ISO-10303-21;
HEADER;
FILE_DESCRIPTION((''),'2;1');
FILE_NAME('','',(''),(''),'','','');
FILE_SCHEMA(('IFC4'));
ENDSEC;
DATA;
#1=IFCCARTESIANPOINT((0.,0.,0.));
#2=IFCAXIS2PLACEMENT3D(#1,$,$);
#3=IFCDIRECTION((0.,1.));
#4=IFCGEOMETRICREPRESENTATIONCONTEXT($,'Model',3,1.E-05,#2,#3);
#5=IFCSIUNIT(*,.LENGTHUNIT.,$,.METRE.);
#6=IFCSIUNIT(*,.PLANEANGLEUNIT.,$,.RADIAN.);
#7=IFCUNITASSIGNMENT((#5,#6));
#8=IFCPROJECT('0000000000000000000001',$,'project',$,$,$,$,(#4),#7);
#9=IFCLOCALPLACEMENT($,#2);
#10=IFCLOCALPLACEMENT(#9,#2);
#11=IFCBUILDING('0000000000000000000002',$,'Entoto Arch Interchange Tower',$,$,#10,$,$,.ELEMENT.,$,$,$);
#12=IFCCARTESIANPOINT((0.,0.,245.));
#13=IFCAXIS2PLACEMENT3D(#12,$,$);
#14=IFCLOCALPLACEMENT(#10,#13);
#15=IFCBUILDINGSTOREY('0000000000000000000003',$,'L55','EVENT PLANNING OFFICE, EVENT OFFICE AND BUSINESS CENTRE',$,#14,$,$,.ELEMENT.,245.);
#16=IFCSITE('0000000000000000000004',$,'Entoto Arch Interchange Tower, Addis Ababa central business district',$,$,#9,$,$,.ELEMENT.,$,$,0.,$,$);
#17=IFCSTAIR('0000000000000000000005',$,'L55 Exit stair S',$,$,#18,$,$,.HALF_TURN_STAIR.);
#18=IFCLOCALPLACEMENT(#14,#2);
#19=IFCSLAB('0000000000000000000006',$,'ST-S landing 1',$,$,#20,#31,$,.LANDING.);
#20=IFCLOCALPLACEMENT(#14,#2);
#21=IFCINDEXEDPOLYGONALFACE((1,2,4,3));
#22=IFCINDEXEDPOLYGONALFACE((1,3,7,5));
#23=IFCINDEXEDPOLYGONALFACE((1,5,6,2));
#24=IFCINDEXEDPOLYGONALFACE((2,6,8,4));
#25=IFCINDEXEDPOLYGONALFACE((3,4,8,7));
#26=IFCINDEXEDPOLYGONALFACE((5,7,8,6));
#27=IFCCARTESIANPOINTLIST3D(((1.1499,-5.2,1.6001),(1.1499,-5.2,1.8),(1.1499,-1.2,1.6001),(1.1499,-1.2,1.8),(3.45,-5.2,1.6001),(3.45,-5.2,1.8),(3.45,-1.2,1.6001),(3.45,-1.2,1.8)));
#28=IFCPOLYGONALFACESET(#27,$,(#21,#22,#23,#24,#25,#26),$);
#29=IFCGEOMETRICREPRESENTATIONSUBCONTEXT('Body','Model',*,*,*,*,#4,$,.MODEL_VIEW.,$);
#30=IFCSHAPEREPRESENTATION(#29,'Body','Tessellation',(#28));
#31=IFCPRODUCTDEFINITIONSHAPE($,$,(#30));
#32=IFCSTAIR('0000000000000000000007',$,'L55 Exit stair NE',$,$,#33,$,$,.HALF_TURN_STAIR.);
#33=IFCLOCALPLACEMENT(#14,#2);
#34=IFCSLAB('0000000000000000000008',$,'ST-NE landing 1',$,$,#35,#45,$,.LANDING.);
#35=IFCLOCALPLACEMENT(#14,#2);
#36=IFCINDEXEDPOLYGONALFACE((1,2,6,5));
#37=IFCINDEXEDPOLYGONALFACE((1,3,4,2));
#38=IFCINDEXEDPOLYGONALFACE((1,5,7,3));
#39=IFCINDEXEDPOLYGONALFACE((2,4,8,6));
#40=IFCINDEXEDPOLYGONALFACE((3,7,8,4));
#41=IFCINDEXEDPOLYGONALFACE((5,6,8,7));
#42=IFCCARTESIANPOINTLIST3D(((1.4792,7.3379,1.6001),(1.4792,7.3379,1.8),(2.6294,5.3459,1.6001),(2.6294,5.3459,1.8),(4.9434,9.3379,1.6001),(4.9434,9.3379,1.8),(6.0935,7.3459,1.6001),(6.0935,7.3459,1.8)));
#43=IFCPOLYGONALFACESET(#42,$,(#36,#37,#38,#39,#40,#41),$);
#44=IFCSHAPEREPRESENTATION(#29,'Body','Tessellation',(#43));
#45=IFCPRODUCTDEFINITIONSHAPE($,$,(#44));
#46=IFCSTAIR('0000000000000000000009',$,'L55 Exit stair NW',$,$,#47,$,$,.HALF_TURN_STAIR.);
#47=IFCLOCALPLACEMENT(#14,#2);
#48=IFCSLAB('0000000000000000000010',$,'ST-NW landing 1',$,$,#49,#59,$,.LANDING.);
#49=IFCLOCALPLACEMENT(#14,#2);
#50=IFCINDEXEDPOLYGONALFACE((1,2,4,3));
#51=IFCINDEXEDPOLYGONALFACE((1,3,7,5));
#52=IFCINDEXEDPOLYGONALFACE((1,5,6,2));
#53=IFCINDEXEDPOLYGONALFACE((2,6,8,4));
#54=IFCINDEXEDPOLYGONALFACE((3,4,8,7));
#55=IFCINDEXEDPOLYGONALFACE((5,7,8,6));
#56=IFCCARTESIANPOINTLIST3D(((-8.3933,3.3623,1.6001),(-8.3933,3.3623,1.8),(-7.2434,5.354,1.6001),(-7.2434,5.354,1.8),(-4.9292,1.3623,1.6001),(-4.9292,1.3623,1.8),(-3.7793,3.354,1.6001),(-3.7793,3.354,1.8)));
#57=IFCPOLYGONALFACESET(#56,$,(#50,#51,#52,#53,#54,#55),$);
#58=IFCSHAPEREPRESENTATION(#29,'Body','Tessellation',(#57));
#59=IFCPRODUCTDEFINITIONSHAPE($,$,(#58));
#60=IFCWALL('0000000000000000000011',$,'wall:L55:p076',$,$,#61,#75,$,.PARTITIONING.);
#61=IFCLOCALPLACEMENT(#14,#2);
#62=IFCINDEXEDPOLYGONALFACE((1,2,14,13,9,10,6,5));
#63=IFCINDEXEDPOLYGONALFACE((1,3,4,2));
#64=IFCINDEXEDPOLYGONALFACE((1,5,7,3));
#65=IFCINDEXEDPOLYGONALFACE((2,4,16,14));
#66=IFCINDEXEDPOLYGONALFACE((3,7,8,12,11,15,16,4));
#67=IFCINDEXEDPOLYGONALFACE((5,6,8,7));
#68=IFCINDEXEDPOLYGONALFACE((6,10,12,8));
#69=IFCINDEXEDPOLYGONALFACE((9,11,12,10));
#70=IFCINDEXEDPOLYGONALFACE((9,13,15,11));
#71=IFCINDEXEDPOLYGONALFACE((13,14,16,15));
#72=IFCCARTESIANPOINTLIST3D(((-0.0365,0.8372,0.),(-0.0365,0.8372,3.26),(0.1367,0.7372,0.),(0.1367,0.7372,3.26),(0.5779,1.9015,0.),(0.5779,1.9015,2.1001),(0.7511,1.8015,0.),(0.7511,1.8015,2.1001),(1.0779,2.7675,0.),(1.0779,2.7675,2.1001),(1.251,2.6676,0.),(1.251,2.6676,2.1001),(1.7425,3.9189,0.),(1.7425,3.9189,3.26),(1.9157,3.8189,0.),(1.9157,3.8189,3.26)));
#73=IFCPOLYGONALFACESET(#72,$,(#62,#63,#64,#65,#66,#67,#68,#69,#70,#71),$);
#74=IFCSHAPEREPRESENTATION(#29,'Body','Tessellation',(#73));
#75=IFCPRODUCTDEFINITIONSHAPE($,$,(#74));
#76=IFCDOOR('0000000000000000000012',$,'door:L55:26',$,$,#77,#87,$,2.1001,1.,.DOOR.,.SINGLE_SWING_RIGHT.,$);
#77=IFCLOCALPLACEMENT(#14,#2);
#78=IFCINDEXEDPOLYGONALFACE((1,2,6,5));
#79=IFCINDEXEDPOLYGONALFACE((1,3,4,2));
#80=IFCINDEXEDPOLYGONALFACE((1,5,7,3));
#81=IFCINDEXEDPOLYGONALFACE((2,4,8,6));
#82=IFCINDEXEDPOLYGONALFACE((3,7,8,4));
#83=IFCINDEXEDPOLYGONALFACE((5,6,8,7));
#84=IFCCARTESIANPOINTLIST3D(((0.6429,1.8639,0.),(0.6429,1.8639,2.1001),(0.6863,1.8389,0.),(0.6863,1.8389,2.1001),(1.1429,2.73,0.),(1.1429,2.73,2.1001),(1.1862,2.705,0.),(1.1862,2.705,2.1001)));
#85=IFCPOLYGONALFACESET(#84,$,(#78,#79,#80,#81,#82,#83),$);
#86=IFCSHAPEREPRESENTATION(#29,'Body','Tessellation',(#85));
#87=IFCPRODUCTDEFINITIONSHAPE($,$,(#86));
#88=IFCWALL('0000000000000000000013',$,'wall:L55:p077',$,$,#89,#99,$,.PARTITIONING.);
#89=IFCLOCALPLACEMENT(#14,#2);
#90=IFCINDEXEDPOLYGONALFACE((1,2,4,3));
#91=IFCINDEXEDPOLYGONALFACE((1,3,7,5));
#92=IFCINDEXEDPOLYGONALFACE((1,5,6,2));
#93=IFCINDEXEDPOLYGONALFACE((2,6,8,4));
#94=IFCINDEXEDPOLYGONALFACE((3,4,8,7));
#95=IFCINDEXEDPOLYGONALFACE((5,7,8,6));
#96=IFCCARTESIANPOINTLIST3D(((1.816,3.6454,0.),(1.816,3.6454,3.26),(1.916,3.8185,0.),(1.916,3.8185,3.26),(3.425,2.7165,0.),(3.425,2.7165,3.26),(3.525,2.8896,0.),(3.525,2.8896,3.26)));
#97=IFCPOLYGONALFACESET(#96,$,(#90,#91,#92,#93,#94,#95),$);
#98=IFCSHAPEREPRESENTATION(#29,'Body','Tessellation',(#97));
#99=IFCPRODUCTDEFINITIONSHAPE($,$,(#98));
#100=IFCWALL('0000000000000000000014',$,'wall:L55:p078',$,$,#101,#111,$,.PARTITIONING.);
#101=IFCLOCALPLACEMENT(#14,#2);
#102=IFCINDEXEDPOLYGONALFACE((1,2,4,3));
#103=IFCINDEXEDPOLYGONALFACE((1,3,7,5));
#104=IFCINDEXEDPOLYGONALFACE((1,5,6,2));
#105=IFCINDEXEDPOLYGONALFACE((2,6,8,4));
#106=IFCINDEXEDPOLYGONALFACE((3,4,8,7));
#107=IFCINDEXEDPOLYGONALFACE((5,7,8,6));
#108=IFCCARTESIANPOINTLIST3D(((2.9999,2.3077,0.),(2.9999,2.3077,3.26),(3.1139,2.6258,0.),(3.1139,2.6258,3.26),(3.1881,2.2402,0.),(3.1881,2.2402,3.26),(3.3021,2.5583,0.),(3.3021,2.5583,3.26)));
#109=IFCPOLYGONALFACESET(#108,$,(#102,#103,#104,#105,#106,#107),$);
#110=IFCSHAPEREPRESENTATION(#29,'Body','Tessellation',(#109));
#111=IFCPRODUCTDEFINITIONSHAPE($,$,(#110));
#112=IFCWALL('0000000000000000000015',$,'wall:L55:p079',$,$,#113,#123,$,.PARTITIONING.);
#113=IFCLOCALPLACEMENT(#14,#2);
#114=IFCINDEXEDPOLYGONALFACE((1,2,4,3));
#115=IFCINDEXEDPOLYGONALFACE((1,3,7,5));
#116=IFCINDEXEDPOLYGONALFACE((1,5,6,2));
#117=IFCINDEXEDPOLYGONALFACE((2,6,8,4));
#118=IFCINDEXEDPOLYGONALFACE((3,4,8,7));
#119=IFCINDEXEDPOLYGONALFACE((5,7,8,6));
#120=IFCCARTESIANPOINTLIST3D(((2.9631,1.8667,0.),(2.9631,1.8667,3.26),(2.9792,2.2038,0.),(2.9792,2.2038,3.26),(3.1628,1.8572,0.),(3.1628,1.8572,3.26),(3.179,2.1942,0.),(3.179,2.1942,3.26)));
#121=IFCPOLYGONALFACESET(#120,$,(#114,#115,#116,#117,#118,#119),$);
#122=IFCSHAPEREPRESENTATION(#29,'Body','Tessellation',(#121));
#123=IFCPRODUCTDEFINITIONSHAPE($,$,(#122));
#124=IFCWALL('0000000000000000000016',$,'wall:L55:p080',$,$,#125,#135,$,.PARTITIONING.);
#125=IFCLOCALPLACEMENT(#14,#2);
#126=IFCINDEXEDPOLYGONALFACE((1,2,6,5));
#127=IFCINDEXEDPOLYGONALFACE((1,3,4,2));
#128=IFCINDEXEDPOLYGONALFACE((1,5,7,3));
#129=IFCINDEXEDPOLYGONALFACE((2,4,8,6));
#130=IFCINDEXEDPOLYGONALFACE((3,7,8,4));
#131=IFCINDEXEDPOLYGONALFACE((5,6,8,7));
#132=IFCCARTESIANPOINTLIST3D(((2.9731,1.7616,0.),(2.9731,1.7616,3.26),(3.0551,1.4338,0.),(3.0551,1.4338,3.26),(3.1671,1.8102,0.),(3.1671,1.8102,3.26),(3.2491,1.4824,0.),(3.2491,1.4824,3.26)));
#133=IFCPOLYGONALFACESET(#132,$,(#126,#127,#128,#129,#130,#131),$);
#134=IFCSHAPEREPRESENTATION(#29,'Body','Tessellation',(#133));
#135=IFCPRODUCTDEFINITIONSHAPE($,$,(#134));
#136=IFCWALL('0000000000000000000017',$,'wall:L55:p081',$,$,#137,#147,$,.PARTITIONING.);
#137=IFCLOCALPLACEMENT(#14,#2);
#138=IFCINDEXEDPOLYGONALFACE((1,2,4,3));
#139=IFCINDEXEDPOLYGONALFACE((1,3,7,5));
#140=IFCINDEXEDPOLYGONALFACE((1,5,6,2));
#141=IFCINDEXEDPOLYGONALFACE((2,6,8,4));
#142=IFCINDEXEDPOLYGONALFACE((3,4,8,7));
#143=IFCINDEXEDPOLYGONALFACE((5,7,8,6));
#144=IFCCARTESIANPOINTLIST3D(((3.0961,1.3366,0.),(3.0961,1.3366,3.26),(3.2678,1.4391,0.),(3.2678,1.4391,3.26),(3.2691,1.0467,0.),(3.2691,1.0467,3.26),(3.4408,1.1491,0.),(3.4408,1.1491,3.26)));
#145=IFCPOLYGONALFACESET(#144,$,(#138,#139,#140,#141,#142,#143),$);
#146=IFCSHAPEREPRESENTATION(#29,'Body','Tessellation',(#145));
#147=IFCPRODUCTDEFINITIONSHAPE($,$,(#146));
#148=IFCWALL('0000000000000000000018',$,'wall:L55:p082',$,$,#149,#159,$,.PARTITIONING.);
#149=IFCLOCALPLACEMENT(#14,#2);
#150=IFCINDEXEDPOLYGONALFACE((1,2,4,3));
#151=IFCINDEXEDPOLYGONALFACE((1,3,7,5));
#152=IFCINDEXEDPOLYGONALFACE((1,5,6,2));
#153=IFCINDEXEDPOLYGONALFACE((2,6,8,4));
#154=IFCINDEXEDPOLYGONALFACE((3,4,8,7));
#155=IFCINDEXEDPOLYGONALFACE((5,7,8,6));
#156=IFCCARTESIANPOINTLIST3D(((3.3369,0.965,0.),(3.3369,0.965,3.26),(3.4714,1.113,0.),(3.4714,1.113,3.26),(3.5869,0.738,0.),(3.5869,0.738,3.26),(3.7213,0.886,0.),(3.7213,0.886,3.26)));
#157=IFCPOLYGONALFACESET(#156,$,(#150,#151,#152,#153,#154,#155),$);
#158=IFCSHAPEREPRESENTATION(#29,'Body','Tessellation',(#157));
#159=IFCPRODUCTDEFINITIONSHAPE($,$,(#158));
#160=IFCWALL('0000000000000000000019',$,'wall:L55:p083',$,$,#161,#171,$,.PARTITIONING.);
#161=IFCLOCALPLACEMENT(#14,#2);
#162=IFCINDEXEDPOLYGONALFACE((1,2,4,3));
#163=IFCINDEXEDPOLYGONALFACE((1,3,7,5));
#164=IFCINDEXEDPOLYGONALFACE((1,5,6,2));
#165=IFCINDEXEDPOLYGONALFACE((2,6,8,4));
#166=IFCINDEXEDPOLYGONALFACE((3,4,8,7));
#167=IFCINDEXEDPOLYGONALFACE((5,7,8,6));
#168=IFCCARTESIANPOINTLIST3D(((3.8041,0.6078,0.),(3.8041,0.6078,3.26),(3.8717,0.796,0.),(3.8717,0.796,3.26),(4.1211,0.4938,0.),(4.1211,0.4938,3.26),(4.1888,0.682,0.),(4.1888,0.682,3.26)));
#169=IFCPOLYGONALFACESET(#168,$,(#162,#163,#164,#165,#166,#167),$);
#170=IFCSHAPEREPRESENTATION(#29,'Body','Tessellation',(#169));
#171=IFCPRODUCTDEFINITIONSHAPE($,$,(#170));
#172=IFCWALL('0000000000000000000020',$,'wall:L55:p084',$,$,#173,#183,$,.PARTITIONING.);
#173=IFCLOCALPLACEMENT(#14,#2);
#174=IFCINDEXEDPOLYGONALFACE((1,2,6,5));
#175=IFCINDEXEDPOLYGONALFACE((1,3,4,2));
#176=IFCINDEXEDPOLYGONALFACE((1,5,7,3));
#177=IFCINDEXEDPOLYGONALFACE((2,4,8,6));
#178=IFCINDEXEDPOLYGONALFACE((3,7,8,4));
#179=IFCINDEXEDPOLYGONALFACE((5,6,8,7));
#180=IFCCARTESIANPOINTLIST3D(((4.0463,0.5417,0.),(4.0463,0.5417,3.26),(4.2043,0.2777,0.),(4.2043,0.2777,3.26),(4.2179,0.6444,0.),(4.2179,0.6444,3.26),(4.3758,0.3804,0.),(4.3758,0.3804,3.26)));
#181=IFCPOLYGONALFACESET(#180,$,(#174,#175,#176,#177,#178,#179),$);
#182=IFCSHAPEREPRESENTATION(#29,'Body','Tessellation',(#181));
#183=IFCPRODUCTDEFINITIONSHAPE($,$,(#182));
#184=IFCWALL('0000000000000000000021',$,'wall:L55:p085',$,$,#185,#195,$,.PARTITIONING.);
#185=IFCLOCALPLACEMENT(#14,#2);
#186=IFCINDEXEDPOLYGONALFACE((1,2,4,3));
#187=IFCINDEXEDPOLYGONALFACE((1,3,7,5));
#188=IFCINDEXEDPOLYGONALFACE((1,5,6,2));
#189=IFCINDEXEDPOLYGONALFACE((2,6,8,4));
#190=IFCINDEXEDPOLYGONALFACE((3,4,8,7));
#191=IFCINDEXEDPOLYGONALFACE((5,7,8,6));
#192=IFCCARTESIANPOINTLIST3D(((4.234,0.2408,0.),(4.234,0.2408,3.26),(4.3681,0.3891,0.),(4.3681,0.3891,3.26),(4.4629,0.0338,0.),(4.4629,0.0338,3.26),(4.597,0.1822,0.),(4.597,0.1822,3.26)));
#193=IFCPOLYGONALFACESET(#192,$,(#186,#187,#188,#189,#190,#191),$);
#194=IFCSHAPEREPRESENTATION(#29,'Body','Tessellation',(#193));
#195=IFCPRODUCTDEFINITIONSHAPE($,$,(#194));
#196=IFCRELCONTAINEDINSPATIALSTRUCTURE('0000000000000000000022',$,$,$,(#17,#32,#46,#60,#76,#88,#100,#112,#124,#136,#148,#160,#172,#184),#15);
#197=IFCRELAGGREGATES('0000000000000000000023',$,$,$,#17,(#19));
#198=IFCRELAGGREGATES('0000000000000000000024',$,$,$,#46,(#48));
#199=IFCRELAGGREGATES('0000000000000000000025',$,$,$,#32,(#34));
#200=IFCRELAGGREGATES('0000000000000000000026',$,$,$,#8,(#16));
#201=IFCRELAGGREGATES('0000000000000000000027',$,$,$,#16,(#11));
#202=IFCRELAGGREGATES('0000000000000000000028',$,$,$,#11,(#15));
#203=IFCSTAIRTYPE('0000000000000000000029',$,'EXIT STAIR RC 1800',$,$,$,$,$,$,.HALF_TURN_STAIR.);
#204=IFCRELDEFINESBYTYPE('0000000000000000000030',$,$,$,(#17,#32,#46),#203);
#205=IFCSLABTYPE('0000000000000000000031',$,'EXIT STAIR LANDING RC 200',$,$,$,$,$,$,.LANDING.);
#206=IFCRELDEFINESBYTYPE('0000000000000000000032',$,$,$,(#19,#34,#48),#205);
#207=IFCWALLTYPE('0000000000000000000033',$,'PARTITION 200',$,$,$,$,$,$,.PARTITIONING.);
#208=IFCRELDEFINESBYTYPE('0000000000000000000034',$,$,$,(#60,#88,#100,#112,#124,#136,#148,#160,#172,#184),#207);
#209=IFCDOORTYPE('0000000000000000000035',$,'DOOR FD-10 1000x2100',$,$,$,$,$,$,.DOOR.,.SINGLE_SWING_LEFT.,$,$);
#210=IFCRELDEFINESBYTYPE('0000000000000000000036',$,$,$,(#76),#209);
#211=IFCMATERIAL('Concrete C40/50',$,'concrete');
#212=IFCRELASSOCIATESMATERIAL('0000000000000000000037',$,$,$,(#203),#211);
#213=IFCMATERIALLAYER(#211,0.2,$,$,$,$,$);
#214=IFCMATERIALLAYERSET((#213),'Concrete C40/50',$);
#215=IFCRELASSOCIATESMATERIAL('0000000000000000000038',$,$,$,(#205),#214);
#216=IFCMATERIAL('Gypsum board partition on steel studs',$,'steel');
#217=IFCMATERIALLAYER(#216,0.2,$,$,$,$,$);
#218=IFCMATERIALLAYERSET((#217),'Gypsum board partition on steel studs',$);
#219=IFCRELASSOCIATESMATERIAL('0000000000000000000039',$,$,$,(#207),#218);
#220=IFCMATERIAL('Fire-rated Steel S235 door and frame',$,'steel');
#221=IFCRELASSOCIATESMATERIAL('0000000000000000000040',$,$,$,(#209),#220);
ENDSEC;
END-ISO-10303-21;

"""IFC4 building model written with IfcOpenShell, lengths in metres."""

from ifc_helpers import new_model, si_unit, direction, frame, frame_2d, origin, place, context, subcontext, project, spatial, polyline, rectangle, outline, extrude, material, layer, layer_set, type_object, element, fill, aggregate, save


model = new_model("IFC4")

# Units and contexts
model_context = context("Model", 3, precision=1e-05, world=origin(), true_north=direction((0.0, 1.0)))
body_context = subcontext(model_context, "Body", "Model", "MODEL_VIEW")
ifc_project = project(units=[si_unit("LENGTHUNIT", "METRE"), si_unit("PLANEANGLEUNIT", "RADIAN")], contexts=[model_context])

# Site, building, storey
site_placement = place(None, origin())
site = spatial("IfcSite", under=ifc_project, at=site_placement, Name="Entoto Arch Interchange Tower, Addis Ababa central business district", CompositionType="ELEMENT", RefElevation=0.0)
building_placement = place(site_placement, origin())
building = spatial("IfcBuilding", under=site, at=building_placement, Name="Entoto Arch Interchange Tower", CompositionType="ELEMENT")
storey_placement = place(building_placement, frame((0.0, 0.0, 245.0)))
storey = spatial("IfcBuildingStorey", under=building, at=storey_placement, Name="L55", Description="EVENT PLANNING OFFICE, EVENT OFFICE AND BUSINESS CENTRE", CompositionType="ELEMENT", Elevation=245.0)

# Stairs, slabs
ifc_material_1 = material(Name="Concrete C40/50", Category="concrete")
stair_type = type_object("IfcStairType", Name="EXIT STAIR RC 1800", PredefinedType="HALF_TURN_STAIR", material=ifc_material_1)
stair_1_placement = place(storey_placement, origin())
stair_1 = element("IfcStair", 1, at=stair_1_placement, inside=storey, type_object=stair_type, Name="L55 Exit stair S", PredefinedType="HALF_TURN_STAIR")
ifc_layer_1 = layer(ifc_material_1, 0.2)
ifc_layer_set_1 = layer_set([ifc_layer_1], Name="Concrete C40/50")
slab_type = type_object("IfcSlabType", Name="EXIT STAIR LANDING RC 200", PredefinedType="LANDING", material=ifc_layer_set_1)
slab_1_placement = place(storey_placement, frame((0.0, 0.0, 1.6001)))
slab_1 = element("IfcSlab", 2, at=slab_1_placement, type_object=slab_type, Name="ST-S landing 1", PredefinedType="LANDING", context=body_context, shape_type="SweptSolid", body=[
    extrude(outline(polyline([(1.1499, -5.2), (3.45, -5.2), (3.45, -1.2), (1.1499, -1.2), (1.1499, -5.2)])), origin(), (0.0, 0.0, 1.0), 0.2),
])
aggregate(stair_1, [slab_1])
stair_2_placement = place(storey_placement, origin())
stair_2 = element("IfcStair", 3, at=stair_2_placement, inside=storey, type_object=stair_type, Name="L55 Exit stair NE", PredefinedType="HALF_TURN_STAIR")
slab_2_placement = place(storey_placement, frame((0.0, 0.0, 1.6001)))
slab_2 = element("IfcSlab", 4, at=slab_2_placement, type_object=slab_type, Name="ST-NE landing 1", PredefinedType="LANDING", context=body_context, shape_type="SweptSolid", body=[
    extrude(outline(polyline([(6.0935, 7.3459), (4.9434, 9.3379), (1.4792, 7.3379), (2.6294, 5.3459), (6.0935, 7.3459)])), origin(), (0.0, 0.0, 1.0), 0.2),
])
stair_3_placement = place(storey_placement, origin())
stair_3 = element("IfcStair", 5, at=stair_3_placement, inside=storey, type_object=stair_type, Name="L55 Exit stair NW", PredefinedType="HALF_TURN_STAIR")
slab_3_placement = place(storey_placement, frame((0.0, 0.0, 1.6001)))
slab_3 = element("IfcSlab", 6, at=slab_3_placement, type_object=slab_type, Name="ST-NW landing 1", PredefinedType="LANDING", context=body_context, shape_type="SweptSolid", body=[
    extrude(outline(polyline([(-7.2434, 5.354), (-8.3933, 3.3623), (-4.9292, 1.3623), (-3.7793, 3.354), (-7.2434, 5.354)])), origin(), (0.0, 0.0, 1.0), 0.2),
])
aggregate(stair_3, [slab_3])

# Wall, opening, door
ifc_material_2 = material(Name="Gypsum board partition on steel studs", Category="steel")
ifc_layer_2 = layer(ifc_material_2, 0.2)
ifc_layer_set_2 = layer_set([ifc_layer_2], Name="Gypsum board partition on steel studs")
wall_type_1 = type_object("IfcWallType", Name="PARTITION 200", PredefinedType="PARTITIONING", material=ifc_layer_set_2)
wall_1_placement = place(storey_placement, frame((0.05, 0.7871, 0.0), z_axis=(0.0, 0.0, 1.0), x_axis=(0.499954, 0.866052, 0.0)))
wall_1 = element("IfcWall", 7, at=wall_1_placement, inside=storey, type_object=wall_type_1, Name="wall:L55:p076", PredefinedType="PARTITIONING", context=body_context, shape_type="SweptSolid", body=[
    extrude(rectangle(XDim=3.5583, YDim=0.2, at=frame_2d((1.7793, 0.0))), origin(), (0.0, 0.0, 1.0), 3.26),
])
opening_placement = place(wall_1_placement, frame((1.229, 0.0, 0.0)))
opening = element("IfcOpeningElement", 8, at=opening_placement, cuts=wall_1, PredefinedType="OPENING", context=body_context, shape_type="SweptSolid", body=[
    extrude(rectangle(XDim=1.0, YDim=2.1001, at=frame_2d((0.5, 1.05))), frame((0.0, 0.1099, 0.0), z_axis=(0.0, -1.0, 0.0), x_axis=(1.0, 0.0, 0.0)), (0.0, 0.0, 1.0), 0.22),
])
ifc_material_3 = material(Name="Fire-rated Steel S235 door and frame", Category="steel")
door_type = type_object("IfcDoorType", Name="DOOR FD-10 1000x2100", OperationType="SINGLE_SWING_LEFT", PredefinedType="DOOR", material=ifc_material_3)
door_placement = place(opening_placement, origin())
door = element("IfcDoor", 9, at=door_placement, inside=storey, type_object=door_type, Name="door:L55:26", OperationType="SINGLE_SWING_RIGHT", OverallHeight=2.1001, OverallWidth=1.0, PredefinedType="DOOR", context=body_context, shape_type="SweptSolid", body=[
    extrude(rectangle(XDim=1.0, YDim=2.1001, at=frame_2d((0.5, 1.05))), frame((0.0, 0.0249, 0.0), z_axis=(0.0, -1.0, 0.0), x_axis=(1.0, 0.0, 0.0)), (0.0, 0.0, 1.0), 0.05),
])
fill(opening, door)

# Walls
wall_2_placement = place(storey_placement, frame((1.866, 3.7319, 0.0), z_axis=(0.0, 0.0, 1.0), x_axis=(0.866043, -0.499969, 0.0)))
element("IfcWall", 10, at=wall_2_placement, inside=storey, type_object=wall_type_1, Name="wall:L55:p077", PredefinedType="PARTITIONING", context=body_context, shape_type="SweptSolid", body=[
    extrude(rectangle(XDim=1.8579, YDim=0.2, at=frame_2d((0.929, 0.0))), origin(), (0.0, 0.0, 1.0), 3.26),
])
wall_3_placement = place(storey_placement, frame((3.208, 2.592, 0.0), z_axis=(0.0, 0.0, 1.0), x_axis=(-0.337389, -0.941365, 0.0)))
element("IfcWall", 11, at=wall_3_placement, inside=storey, type_object=wall_type_1, Name="wall:L55:p078", PredefinedType="PARTITIONING", context=body_context, shape_type="SweptSolid", body=[
    extrude(rectangle(XDim=0.3379, YDim=0.2, at=frame_2d((0.1689, 0.0))), origin(), (0.0, 0.0, 1.0), 3.26),
])
wall_4_placement = place(storey_placement, frame((3.0791, 2.199, 0.0), z_axis=(0.0, 0.0, 1.0), x_axis=(-0.047771, -0.998858, 0.0)))
element("IfcWall", 12, at=wall_4_placement, inside=storey, type_object=wall_type_1, Name="wall:L55:p079", PredefinedType="PARTITIONING", context=body_context, shape_type="SweptSolid", body=[
    extrude(rectangle(XDim=0.3374, YDim=0.2, at=frame_2d((0.1687, 0.0))), origin(), (0.0, 0.0, 1.0), 3.26),
])
wall_5_placement = place(storey_placement, frame((3.0701, 1.7859, 0.0), z_axis=(0.0, 0.0, 1.0), x_axis=(0.242706, -0.9701, 0.0)))
element("IfcWall", 13, at=wall_5_placement, inside=storey, type_object=wall_type_1, Name="wall:L55:p080", PredefinedType="PARTITIONING", context=body_context, shape_type="SweptSolid", body=[
    extrude(rectangle(XDim=0.3379, YDim=0.2, at=frame_2d((0.1689, 0.0))), origin(), (0.0, 0.0, 1.0), 3.26),
])
for number, where, z_axis, x_axis, name in (
    (14, (3.1819, 1.3879, 0.0), (0.0, 0.0, 1.0), (0.512475, -0.858702, 0.0), "wall:L55:p081"),
    (15, (3.4041, 1.0391, 0.0), (0.0, 0.0, 1.0), (0.740267, -0.672313, 0.0), "wall:L55:p082"),
):
    element("IfcWall", number, at=place(storey_placement, frame(where, z_axis=z_axis, x_axis=x_axis)), inside=storey, type_object=wall_type_1, Name=name, PredefinedType="PARTITIONING", context=body_context, shape_type="SweptSolid", body=[
        extrude(rectangle(XDim=0.3376, YDim=0.2, at=frame_2d((0.1689, 0.0))), origin(), (0.0, 0.0, 1.0), 3.26),
    ])
wall_6_placement = place(storey_placement, frame((3.8379, 0.7019, 0.0), z_axis=(0.0, 0.0, 1.0), x_axis=(0.941035, -0.338309, 0.0)))
element("IfcWall", 16, at=wall_6_placement, inside=storey, type_object=wall_type_1, Name="wall:L55:p083", PredefinedType="PARTITIONING", context=body_context, shape_type="SweptSolid", body=[
    extrude(rectangle(XDim=0.3369, YDim=0.2, at=frame_2d((0.1685, 0.0))), origin(), (0.0, 0.0, 1.0), 3.26),
])
wall_7_placement = place(storey_placement, frame((4.1321, 0.593, 0.0), z_axis=(0.0, 0.0, 1.0), x_axis=(0.513562, -0.858053, 0.0)))
element("IfcWall", 17, at=wall_7_placement, inside=storey, type_object=wall_type_1, Name="wall:L55:p084", PredefinedType="PARTITIONING", context=body_context, shape_type="SweptSolid", body=[
    extrude(rectangle(XDim=0.3076, YDim=0.2, at=frame_2d((0.1538, 0.0))), origin(), (0.0, 0.0, 1.0), 3.26),
])
wall_8_placement = place(storey_placement, frame((4.301, 0.3149, 0.0), z_axis=(0.0, 0.0, 1.0), x_axis=(0.741798, -0.670623, 0.0)))
element("IfcWall", 18, at=wall_8_placement, inside=storey, type_object=wall_type_1, Name="wall:L55:p085", PredefinedType="PARTITIONING", context=body_context, shape_type="SweptSolid", body=[
    extrude(rectangle(XDim=0.3086, YDim=0.2, at=frame_2d((0.1543, 0.0))), origin(), (0.0, 0.0, 1.0), 3.26),
])

aggregate(stair_2, [slab_2])

save(model, "model.ifc")
